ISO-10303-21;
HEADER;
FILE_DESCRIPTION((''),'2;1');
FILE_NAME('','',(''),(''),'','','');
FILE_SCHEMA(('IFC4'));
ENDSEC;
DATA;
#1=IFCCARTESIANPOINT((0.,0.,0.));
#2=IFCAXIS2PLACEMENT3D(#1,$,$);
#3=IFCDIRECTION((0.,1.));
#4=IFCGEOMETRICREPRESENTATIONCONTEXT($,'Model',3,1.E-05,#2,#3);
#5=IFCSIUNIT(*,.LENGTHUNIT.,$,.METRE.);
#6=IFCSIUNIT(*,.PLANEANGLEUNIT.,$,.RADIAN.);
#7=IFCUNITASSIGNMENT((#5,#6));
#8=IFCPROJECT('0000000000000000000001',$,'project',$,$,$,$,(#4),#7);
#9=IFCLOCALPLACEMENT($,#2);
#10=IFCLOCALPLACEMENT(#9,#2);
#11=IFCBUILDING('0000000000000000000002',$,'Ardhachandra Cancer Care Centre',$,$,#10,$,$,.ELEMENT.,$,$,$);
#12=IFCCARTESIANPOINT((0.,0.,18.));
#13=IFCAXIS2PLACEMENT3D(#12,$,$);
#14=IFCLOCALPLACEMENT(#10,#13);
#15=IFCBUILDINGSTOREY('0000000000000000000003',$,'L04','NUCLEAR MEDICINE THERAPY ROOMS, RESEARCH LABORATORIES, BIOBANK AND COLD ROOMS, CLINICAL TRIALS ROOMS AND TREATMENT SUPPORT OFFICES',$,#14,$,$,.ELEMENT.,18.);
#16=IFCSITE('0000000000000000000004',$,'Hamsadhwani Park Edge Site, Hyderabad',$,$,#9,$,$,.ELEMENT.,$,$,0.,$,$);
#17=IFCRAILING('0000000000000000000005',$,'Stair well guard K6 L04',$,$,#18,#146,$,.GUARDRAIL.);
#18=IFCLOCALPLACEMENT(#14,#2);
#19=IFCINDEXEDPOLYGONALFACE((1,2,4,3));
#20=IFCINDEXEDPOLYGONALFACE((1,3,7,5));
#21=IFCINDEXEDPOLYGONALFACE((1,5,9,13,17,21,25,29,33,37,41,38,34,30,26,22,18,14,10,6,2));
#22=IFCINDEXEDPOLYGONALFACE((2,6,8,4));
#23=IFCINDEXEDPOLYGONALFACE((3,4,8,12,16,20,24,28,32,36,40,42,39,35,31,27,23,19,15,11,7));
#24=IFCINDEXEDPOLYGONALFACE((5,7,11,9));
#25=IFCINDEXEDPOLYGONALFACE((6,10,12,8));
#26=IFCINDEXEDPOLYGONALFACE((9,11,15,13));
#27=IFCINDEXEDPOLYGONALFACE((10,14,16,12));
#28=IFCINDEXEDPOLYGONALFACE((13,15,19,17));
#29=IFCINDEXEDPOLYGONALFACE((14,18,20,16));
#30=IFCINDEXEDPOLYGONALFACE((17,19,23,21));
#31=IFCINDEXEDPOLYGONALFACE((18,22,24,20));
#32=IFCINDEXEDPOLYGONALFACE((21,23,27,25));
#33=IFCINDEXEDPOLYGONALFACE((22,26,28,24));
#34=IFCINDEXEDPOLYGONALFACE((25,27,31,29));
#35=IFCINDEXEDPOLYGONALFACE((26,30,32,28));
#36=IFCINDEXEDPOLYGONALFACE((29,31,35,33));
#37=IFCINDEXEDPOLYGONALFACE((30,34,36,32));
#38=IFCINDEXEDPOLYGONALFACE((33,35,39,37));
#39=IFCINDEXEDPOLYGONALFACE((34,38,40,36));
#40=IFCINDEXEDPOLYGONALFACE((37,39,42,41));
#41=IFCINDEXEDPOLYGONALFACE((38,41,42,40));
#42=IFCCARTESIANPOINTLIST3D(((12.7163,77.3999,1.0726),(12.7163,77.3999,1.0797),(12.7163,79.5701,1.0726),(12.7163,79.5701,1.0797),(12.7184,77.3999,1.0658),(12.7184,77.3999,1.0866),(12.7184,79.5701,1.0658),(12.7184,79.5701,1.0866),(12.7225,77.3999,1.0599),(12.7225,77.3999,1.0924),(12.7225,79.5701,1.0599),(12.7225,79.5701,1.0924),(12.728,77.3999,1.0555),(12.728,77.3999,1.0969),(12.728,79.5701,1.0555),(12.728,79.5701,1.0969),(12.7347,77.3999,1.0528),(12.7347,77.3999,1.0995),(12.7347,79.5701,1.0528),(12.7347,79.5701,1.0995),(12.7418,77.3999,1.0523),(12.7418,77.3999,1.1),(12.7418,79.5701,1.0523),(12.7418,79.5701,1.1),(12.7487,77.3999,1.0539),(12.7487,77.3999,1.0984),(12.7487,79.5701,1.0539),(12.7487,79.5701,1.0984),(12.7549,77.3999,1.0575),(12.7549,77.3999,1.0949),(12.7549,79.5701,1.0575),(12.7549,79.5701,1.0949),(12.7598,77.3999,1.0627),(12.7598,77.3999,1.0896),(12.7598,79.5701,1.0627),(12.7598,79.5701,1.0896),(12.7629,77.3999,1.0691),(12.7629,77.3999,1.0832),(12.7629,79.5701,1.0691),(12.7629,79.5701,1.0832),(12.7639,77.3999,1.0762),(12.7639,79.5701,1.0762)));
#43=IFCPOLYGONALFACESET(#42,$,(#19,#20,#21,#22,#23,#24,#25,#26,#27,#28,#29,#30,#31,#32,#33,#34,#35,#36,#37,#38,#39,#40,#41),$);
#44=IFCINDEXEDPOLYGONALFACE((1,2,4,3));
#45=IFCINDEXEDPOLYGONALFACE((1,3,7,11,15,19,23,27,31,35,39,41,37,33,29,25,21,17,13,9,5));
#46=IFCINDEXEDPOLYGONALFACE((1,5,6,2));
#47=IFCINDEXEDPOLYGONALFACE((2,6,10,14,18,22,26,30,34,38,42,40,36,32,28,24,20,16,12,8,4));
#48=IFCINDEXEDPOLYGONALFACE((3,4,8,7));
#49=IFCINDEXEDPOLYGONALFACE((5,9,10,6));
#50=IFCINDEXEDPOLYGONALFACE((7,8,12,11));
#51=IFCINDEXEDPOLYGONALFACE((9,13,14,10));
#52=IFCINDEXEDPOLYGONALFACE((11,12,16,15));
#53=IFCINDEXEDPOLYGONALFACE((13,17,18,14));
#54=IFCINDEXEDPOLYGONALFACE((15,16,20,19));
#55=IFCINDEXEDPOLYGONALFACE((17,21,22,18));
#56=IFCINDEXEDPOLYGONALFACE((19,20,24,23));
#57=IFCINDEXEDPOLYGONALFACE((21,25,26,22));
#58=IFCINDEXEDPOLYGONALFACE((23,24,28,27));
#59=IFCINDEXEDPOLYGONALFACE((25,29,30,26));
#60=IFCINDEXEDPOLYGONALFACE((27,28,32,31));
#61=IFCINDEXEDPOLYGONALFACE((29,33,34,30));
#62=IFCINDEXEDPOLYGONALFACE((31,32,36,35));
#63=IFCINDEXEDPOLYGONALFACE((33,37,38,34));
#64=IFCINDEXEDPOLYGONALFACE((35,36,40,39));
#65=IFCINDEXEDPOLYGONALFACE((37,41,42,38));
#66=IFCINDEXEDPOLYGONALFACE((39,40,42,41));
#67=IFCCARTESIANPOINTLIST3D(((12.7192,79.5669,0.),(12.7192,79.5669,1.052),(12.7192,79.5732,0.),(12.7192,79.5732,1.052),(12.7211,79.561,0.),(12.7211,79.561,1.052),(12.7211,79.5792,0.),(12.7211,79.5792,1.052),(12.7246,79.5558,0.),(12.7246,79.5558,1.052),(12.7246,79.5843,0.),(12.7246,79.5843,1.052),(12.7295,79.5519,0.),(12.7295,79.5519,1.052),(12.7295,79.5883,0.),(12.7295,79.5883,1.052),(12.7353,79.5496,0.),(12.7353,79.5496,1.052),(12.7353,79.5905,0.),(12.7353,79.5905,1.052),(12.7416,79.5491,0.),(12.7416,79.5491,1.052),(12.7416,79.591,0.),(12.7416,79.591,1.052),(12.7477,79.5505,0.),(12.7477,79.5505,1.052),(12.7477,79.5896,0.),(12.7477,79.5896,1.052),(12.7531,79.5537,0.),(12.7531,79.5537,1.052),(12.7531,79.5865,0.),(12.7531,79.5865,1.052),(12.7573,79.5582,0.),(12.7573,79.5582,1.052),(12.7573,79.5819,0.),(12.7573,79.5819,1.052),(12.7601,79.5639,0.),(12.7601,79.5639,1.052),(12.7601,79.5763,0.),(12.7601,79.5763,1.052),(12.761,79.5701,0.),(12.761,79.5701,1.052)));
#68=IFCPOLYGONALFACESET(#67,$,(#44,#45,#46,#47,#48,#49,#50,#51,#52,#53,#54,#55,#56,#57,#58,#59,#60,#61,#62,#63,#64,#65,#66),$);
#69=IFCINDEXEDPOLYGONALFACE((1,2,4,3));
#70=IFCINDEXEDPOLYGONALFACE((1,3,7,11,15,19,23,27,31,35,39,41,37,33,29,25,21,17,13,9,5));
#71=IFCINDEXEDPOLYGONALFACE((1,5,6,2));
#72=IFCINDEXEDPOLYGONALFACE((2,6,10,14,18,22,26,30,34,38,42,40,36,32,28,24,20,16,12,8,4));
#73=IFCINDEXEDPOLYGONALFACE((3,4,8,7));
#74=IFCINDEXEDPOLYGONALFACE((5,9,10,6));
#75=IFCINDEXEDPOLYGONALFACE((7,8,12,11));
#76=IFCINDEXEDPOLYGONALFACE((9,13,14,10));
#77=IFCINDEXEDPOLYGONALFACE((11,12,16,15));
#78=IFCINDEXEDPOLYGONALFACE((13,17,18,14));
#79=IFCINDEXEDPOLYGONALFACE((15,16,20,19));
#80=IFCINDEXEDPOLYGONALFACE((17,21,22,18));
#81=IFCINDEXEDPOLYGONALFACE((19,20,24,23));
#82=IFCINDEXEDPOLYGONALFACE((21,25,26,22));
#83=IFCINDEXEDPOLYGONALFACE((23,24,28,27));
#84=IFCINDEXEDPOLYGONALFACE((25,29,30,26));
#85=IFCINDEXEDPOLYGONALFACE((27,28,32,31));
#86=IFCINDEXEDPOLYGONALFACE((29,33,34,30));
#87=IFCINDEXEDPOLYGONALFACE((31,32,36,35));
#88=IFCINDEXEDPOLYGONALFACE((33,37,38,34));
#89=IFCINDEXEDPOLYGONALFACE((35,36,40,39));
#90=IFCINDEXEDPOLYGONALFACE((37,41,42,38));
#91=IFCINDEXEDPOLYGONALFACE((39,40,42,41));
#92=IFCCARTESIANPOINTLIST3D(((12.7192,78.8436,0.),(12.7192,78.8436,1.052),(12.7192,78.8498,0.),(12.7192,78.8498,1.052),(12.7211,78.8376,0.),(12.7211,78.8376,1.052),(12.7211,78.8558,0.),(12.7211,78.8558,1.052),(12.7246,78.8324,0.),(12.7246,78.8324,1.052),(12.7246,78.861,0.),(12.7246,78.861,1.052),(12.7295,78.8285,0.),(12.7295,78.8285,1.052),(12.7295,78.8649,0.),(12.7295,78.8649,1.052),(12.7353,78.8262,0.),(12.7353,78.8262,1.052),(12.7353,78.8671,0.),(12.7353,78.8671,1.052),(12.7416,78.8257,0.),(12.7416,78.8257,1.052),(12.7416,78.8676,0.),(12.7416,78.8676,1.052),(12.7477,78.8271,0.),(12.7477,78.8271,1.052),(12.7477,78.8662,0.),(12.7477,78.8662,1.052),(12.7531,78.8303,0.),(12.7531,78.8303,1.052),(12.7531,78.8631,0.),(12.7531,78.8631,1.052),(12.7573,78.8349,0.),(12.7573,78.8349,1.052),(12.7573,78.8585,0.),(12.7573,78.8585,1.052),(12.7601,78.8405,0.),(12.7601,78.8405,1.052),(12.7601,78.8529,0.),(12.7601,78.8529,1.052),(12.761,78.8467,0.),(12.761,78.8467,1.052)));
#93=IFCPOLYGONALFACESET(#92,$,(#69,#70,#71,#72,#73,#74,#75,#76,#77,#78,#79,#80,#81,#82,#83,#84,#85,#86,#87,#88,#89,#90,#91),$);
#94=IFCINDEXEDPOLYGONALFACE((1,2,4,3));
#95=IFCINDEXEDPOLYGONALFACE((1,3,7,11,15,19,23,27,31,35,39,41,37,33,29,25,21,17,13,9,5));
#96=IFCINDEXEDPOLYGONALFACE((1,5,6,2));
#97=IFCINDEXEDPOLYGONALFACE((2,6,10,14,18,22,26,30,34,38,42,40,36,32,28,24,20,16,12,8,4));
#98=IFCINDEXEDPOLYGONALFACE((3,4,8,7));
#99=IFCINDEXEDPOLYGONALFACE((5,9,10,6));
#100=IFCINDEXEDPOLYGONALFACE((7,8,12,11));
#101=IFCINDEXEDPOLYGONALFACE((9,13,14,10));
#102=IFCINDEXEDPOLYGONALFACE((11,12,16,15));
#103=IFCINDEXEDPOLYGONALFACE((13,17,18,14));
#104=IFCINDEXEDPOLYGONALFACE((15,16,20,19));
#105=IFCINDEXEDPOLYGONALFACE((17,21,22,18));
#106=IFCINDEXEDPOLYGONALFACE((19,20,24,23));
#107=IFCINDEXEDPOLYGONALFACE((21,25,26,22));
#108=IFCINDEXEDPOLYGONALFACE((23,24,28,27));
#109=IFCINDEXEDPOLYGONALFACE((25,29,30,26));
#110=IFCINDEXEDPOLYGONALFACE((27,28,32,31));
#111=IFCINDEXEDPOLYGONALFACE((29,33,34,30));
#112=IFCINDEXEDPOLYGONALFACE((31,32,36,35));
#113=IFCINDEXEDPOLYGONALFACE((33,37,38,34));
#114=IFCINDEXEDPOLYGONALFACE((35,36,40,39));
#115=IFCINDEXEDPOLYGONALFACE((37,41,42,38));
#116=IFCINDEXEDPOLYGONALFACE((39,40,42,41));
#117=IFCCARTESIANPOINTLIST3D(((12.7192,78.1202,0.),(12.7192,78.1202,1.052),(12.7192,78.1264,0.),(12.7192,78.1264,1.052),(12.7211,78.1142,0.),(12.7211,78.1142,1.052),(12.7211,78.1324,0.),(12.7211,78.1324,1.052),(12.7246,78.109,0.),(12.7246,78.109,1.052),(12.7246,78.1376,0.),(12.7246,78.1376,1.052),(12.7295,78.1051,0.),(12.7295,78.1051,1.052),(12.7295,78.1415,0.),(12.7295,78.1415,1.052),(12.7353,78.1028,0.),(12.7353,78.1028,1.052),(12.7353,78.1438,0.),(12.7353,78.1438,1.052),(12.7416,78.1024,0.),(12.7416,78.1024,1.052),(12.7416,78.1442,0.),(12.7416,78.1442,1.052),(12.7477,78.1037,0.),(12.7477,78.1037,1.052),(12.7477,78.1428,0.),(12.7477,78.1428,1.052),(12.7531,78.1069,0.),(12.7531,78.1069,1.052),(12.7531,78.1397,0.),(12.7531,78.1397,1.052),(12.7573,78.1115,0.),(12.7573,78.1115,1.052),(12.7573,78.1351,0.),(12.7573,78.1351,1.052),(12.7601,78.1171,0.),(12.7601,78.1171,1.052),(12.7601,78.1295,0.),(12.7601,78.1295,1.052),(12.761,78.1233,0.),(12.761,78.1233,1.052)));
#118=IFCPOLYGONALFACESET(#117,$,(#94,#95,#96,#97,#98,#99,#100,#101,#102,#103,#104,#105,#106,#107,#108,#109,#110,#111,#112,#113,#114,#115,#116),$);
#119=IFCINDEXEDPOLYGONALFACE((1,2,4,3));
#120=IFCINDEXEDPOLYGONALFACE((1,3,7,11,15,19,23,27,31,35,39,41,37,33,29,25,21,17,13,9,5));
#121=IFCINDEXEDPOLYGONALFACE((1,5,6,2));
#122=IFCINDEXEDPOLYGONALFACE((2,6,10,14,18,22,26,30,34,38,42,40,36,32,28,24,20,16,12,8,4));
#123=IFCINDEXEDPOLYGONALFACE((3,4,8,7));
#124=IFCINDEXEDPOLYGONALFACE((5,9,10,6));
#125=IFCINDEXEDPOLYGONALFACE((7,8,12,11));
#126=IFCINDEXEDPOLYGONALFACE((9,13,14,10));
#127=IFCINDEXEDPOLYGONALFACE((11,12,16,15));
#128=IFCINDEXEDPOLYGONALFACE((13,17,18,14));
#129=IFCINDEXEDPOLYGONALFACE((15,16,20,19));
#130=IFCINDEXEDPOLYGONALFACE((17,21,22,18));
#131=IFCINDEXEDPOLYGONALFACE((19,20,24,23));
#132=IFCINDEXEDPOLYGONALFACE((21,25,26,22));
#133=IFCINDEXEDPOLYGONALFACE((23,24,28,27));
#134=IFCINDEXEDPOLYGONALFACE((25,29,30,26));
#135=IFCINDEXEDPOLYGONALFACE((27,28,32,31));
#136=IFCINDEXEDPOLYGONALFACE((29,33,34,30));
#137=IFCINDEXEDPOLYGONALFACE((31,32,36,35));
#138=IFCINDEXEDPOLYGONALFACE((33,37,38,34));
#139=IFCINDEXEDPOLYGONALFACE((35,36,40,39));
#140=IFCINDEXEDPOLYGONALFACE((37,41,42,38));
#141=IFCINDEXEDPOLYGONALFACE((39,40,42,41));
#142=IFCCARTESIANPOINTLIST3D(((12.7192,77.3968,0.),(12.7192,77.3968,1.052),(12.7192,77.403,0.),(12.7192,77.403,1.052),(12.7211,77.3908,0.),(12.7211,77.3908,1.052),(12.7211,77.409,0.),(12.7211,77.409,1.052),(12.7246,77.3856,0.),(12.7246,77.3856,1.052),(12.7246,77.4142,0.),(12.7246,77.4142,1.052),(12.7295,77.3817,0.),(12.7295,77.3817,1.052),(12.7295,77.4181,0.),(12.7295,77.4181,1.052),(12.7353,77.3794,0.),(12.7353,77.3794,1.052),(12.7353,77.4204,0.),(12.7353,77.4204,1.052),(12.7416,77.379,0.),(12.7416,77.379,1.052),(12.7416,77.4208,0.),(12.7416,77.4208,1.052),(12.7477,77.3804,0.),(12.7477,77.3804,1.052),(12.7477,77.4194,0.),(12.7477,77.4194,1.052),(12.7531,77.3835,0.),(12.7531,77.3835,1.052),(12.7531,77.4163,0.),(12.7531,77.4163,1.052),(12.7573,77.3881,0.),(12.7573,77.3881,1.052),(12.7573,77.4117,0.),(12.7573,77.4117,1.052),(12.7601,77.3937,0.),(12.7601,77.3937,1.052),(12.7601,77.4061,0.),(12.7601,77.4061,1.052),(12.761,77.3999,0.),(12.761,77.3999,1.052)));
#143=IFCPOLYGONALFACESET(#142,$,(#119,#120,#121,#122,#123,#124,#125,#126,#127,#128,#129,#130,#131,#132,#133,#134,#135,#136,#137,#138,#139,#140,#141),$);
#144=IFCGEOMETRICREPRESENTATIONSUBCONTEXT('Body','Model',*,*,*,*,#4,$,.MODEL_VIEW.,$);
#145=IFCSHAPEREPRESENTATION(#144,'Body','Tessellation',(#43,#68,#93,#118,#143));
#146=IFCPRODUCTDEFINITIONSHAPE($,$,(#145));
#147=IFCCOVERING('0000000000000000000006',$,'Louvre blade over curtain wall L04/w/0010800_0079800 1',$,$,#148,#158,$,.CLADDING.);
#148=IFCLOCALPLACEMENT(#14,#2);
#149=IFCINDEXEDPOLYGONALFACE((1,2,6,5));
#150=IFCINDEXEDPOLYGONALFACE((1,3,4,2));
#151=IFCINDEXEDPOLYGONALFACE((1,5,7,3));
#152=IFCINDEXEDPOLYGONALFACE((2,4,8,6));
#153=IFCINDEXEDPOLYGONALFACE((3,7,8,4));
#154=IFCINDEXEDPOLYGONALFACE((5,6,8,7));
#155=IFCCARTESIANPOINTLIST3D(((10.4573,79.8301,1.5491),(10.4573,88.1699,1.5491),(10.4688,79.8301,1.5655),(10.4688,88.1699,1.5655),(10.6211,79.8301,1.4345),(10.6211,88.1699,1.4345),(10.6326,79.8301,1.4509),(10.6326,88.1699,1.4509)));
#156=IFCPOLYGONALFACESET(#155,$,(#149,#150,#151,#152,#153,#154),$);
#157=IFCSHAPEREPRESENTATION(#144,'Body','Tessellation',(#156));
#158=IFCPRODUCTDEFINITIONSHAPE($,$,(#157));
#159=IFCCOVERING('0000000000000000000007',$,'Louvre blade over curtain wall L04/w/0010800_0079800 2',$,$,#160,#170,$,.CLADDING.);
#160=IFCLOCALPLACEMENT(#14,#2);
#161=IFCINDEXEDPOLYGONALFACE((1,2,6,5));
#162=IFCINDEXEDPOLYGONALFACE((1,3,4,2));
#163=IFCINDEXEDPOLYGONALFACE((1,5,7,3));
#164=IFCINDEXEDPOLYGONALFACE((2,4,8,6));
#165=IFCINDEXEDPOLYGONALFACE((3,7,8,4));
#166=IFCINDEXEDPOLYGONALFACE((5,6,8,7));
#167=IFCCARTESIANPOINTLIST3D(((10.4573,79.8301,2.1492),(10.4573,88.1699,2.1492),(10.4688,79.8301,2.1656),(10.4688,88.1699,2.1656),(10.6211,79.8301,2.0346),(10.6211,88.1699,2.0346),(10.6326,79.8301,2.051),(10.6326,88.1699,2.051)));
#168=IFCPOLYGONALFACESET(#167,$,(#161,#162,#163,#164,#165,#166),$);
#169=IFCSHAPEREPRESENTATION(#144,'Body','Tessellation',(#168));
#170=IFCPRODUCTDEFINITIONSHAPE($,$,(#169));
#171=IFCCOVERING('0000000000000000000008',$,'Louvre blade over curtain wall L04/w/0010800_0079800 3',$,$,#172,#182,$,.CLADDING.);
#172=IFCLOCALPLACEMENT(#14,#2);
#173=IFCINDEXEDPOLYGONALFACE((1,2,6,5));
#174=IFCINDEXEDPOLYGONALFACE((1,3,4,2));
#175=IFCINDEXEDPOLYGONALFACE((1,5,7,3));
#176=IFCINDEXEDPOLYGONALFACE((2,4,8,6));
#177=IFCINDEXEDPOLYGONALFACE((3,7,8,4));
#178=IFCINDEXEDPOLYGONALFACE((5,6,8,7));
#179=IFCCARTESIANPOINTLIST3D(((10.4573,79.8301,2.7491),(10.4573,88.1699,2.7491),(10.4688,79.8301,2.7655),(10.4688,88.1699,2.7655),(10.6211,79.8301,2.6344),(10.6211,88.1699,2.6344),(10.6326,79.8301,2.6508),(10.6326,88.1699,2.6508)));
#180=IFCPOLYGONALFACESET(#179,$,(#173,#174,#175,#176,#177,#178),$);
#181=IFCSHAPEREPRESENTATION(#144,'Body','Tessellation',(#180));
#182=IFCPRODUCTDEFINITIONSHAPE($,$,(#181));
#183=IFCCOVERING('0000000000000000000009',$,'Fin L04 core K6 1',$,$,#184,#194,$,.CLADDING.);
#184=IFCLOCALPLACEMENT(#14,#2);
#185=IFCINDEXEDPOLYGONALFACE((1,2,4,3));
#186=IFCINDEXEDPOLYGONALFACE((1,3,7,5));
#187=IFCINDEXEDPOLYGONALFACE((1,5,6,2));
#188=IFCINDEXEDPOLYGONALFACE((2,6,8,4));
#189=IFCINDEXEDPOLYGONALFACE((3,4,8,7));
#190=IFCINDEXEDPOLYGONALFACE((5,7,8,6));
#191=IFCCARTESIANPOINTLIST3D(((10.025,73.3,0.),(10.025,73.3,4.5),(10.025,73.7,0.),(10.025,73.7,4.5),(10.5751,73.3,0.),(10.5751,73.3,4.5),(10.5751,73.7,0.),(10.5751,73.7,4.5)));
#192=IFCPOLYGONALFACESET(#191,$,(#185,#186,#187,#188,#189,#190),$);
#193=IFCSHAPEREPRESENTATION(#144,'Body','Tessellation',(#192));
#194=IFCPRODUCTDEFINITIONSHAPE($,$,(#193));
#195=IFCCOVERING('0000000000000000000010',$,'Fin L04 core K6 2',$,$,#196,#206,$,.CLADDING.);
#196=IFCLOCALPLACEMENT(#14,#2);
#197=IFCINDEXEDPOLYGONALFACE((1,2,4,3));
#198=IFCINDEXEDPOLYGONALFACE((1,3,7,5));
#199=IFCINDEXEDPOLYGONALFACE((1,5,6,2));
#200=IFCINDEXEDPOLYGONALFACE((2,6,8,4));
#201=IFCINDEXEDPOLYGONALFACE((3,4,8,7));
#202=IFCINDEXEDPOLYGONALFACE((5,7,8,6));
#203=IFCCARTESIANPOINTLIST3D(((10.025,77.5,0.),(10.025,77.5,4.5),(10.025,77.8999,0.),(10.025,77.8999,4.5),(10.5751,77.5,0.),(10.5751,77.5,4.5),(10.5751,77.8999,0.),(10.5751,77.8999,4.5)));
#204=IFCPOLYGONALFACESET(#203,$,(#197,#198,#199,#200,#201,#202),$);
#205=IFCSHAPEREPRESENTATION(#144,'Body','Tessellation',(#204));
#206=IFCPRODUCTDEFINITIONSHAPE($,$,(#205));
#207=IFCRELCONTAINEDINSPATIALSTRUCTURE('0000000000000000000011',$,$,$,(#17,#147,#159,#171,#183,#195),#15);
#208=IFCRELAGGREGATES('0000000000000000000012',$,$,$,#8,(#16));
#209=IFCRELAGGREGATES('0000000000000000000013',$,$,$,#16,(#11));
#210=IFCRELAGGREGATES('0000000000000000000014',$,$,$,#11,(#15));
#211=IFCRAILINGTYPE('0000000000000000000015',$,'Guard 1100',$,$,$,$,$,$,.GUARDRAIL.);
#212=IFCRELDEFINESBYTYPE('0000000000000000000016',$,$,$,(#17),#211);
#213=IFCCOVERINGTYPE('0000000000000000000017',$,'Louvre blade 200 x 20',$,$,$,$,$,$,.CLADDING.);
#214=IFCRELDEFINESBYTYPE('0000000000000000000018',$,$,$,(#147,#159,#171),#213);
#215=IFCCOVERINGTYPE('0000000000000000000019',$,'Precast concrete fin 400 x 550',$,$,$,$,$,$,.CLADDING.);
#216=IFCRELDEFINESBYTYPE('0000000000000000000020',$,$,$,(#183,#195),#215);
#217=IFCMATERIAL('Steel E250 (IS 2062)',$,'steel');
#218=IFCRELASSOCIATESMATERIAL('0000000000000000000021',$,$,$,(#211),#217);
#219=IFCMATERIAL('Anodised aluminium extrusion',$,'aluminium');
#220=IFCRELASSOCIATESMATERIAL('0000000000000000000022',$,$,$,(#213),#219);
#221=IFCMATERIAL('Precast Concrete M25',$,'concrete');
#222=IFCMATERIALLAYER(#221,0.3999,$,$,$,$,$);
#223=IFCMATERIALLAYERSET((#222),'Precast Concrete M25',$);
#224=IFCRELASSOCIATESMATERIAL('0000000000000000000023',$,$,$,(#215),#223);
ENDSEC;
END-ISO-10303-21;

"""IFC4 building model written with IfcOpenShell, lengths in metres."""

from ifc_helpers import new_model, si_unit, direction, frame, origin, origin_2d, place, context, subcontext, project, spatial, rectangle, circle, extrude, material, layer, layer_set, material_profile, profile_set, type_object, element, save


model = new_model("IFC4")

# Units and contexts
model_context = context("Model", 3, precision=1e-05, world=origin(), true_north=direction((0.0, 1.0)))
body_context = subcontext(model_context, "Body", "Model", "MODEL_VIEW")
ifc_project = project(units=[si_unit("LENGTHUNIT", "METRE"), si_unit("PLANEANGLEUNIT", "RADIAN")], contexts=[model_context])

# Site, building, storey
site_placement = place(None, origin())
site = spatial("IfcSite", under=ifc_project, at=site_placement, Name="Hamsadhwani Park Edge Site, Hyderabad", CompositionType="ELEMENT", RefElevation=0.0)
building_placement = place(site_placement, origin())
building = spatial("IfcBuilding", under=site, at=building_placement, Name="Ardhachandra Cancer Care Centre", CompositionType="ELEMENT")
storey_placement = place(building_placement, frame((0.0, 0.0, 18.0)))
storey = spatial("IfcBuildingStorey", under=building, at=storey_placement, Name="L04", Description="NUCLEAR MEDICINE THERAPY ROOMS, RESEARCH LABORATORIES, BIOBANK AND COLD ROOMS, CLINICAL TRIALS ROOMS AND TREATMENT SUPPORT OFFICES", CompositionType="ELEMENT", Elevation=18.0)

# Railing
ifc_material_1 = material(Name="Steel E250 (IS 2062)", Category="steel")
railing_type_1 = type_object("IfcRailingType", Name="Guard 1100", PredefinedType="GUARDRAIL", material=ifc_material_1)
railing_placement = place(storey_placement, frame((12.74, 79.5701, 0.0)))
element("IfcRailing", 1, at=railing_placement, inside=storey, type_object=railing_type_1, Name="Stair well guard K6 L04", PredefinedType="GUARDRAIL", context=body_context, shape_type="SweptSolid", body=[
    extrude(circle(Radius=0.0239, at=origin_2d()), frame((0.0, 0.0, 1.0762), z_axis=(0.0, -1.0, 0.0), x_axis=(1.0, 0.0, 0.0)), (0.0, 0.0, 1.0), 2.1702),
    extrude(circle(Radius=0.021, at=origin_2d()), origin(), (0.0, 0.0, 1.0), 1.052),
    extrude(circle(Radius=0.021, at=origin_2d()), frame((0.0, -0.7234, 0.0)), (0.0, 0.0, 1.0), 1.052),
    extrude(circle(Radius=0.021, at=origin_2d()), frame((0.0, -1.4468, 0.0)), (0.0, 0.0, 1.0), 1.052),
    extrude(circle(Radius=0.021, at=origin_2d()), frame((0.0, -2.1702, 0.0)), (0.0, 0.0, 1.0), 1.052),
])

# Coverings
ifc_material_2 = material(Name="Anodised aluminium extrusion", Category="aluminium")
ifc_material_profile_1 = material_profile(ifc_material_2, rectangle(XDim=0.2, YDim=0.02, at=origin_2d()), Name="Louvre blade 200 x 20")
ifc_profile_set_1 = profile_set([ifc_material_profile_1], Name="Anodised aluminium extrusion")
covering_type_1 = type_object("IfcCoveringType", Name="Louvre blade 200 x 20", PredefinedType="CLADDING", material=ifc_profile_set_1)
for number, where, z_axis, x_axis, name in (
    (2, (10.5449, 79.8301, 1.5), (0.0, 1.0, 0.0), (-0.819152, 0.0, 0.573576), "Louvre blade over curtain wall L04/w/0010800_0079800 1"),
    (3, (10.5449, 79.8301, 2.1001), (0.0, 1.0, 0.0), (-0.819152, 0.0, 0.573576), "Louvre blade over curtain wall L04/w/0010800_0079800 2"),
    (4, (10.5449, 79.8301, 2.7), (0.0, 1.0, 0.0), (-0.819152, 0.0, 0.573576), "Louvre blade over curtain wall L04/w/0010800_0079800 3"),
):
    element("IfcCovering", number, at=place(storey_placement, frame(where, z_axis=z_axis, x_axis=x_axis)), inside=storey, type_object=covering_type_1, Name=name, PredefinedType="CLADDING", context=body_context, shape_type="SweptSolid", body=[
        extrude(rectangle(XDim=0.2, YDim=0.02, at=origin_2d()), origin(), (0.0, 0.0, 1.0), 8.3398),
    ])
ifc_material_3 = material(Name="Precast Concrete M25", Category="concrete")
ifc_layer_1 = layer(ifc_material_3, 0.3999)
ifc_layer_set_1 = layer_set([ifc_layer_1], Name="Precast Concrete M25")
covering_type_2 = type_object("IfcCoveringType", Name="Precast concrete fin 400 x 550", PredefinedType="CLADDING", material=ifc_layer_set_1)
for number, where, z_axis, x_axis, name in (
    (5, (10.3, 73.5, 0.0), (0.0, 0.0, 1.0), (0.0, 1.0, 0.0), "Fin L04 core K6 1"),
    (6, (10.3, 77.7, 0.0), (0.0, 0.0, 1.0), (0.0, 1.0, 0.0), "Fin L04 core K6 2"),
):
    element("IfcCovering", number, at=place(storey_placement, frame(where, z_axis=z_axis, x_axis=x_axis)), inside=storey, type_object=covering_type_2, Name=name, PredefinedType="CLADDING", context=body_context, shape_type="SweptSolid", body=[
        extrude(rectangle(XDim=0.3999, YDim=0.55, at=origin_2d()), origin(), (0.0, 0.0, 1.0), 4.5),
    ])

save(model, "model.ifc")
